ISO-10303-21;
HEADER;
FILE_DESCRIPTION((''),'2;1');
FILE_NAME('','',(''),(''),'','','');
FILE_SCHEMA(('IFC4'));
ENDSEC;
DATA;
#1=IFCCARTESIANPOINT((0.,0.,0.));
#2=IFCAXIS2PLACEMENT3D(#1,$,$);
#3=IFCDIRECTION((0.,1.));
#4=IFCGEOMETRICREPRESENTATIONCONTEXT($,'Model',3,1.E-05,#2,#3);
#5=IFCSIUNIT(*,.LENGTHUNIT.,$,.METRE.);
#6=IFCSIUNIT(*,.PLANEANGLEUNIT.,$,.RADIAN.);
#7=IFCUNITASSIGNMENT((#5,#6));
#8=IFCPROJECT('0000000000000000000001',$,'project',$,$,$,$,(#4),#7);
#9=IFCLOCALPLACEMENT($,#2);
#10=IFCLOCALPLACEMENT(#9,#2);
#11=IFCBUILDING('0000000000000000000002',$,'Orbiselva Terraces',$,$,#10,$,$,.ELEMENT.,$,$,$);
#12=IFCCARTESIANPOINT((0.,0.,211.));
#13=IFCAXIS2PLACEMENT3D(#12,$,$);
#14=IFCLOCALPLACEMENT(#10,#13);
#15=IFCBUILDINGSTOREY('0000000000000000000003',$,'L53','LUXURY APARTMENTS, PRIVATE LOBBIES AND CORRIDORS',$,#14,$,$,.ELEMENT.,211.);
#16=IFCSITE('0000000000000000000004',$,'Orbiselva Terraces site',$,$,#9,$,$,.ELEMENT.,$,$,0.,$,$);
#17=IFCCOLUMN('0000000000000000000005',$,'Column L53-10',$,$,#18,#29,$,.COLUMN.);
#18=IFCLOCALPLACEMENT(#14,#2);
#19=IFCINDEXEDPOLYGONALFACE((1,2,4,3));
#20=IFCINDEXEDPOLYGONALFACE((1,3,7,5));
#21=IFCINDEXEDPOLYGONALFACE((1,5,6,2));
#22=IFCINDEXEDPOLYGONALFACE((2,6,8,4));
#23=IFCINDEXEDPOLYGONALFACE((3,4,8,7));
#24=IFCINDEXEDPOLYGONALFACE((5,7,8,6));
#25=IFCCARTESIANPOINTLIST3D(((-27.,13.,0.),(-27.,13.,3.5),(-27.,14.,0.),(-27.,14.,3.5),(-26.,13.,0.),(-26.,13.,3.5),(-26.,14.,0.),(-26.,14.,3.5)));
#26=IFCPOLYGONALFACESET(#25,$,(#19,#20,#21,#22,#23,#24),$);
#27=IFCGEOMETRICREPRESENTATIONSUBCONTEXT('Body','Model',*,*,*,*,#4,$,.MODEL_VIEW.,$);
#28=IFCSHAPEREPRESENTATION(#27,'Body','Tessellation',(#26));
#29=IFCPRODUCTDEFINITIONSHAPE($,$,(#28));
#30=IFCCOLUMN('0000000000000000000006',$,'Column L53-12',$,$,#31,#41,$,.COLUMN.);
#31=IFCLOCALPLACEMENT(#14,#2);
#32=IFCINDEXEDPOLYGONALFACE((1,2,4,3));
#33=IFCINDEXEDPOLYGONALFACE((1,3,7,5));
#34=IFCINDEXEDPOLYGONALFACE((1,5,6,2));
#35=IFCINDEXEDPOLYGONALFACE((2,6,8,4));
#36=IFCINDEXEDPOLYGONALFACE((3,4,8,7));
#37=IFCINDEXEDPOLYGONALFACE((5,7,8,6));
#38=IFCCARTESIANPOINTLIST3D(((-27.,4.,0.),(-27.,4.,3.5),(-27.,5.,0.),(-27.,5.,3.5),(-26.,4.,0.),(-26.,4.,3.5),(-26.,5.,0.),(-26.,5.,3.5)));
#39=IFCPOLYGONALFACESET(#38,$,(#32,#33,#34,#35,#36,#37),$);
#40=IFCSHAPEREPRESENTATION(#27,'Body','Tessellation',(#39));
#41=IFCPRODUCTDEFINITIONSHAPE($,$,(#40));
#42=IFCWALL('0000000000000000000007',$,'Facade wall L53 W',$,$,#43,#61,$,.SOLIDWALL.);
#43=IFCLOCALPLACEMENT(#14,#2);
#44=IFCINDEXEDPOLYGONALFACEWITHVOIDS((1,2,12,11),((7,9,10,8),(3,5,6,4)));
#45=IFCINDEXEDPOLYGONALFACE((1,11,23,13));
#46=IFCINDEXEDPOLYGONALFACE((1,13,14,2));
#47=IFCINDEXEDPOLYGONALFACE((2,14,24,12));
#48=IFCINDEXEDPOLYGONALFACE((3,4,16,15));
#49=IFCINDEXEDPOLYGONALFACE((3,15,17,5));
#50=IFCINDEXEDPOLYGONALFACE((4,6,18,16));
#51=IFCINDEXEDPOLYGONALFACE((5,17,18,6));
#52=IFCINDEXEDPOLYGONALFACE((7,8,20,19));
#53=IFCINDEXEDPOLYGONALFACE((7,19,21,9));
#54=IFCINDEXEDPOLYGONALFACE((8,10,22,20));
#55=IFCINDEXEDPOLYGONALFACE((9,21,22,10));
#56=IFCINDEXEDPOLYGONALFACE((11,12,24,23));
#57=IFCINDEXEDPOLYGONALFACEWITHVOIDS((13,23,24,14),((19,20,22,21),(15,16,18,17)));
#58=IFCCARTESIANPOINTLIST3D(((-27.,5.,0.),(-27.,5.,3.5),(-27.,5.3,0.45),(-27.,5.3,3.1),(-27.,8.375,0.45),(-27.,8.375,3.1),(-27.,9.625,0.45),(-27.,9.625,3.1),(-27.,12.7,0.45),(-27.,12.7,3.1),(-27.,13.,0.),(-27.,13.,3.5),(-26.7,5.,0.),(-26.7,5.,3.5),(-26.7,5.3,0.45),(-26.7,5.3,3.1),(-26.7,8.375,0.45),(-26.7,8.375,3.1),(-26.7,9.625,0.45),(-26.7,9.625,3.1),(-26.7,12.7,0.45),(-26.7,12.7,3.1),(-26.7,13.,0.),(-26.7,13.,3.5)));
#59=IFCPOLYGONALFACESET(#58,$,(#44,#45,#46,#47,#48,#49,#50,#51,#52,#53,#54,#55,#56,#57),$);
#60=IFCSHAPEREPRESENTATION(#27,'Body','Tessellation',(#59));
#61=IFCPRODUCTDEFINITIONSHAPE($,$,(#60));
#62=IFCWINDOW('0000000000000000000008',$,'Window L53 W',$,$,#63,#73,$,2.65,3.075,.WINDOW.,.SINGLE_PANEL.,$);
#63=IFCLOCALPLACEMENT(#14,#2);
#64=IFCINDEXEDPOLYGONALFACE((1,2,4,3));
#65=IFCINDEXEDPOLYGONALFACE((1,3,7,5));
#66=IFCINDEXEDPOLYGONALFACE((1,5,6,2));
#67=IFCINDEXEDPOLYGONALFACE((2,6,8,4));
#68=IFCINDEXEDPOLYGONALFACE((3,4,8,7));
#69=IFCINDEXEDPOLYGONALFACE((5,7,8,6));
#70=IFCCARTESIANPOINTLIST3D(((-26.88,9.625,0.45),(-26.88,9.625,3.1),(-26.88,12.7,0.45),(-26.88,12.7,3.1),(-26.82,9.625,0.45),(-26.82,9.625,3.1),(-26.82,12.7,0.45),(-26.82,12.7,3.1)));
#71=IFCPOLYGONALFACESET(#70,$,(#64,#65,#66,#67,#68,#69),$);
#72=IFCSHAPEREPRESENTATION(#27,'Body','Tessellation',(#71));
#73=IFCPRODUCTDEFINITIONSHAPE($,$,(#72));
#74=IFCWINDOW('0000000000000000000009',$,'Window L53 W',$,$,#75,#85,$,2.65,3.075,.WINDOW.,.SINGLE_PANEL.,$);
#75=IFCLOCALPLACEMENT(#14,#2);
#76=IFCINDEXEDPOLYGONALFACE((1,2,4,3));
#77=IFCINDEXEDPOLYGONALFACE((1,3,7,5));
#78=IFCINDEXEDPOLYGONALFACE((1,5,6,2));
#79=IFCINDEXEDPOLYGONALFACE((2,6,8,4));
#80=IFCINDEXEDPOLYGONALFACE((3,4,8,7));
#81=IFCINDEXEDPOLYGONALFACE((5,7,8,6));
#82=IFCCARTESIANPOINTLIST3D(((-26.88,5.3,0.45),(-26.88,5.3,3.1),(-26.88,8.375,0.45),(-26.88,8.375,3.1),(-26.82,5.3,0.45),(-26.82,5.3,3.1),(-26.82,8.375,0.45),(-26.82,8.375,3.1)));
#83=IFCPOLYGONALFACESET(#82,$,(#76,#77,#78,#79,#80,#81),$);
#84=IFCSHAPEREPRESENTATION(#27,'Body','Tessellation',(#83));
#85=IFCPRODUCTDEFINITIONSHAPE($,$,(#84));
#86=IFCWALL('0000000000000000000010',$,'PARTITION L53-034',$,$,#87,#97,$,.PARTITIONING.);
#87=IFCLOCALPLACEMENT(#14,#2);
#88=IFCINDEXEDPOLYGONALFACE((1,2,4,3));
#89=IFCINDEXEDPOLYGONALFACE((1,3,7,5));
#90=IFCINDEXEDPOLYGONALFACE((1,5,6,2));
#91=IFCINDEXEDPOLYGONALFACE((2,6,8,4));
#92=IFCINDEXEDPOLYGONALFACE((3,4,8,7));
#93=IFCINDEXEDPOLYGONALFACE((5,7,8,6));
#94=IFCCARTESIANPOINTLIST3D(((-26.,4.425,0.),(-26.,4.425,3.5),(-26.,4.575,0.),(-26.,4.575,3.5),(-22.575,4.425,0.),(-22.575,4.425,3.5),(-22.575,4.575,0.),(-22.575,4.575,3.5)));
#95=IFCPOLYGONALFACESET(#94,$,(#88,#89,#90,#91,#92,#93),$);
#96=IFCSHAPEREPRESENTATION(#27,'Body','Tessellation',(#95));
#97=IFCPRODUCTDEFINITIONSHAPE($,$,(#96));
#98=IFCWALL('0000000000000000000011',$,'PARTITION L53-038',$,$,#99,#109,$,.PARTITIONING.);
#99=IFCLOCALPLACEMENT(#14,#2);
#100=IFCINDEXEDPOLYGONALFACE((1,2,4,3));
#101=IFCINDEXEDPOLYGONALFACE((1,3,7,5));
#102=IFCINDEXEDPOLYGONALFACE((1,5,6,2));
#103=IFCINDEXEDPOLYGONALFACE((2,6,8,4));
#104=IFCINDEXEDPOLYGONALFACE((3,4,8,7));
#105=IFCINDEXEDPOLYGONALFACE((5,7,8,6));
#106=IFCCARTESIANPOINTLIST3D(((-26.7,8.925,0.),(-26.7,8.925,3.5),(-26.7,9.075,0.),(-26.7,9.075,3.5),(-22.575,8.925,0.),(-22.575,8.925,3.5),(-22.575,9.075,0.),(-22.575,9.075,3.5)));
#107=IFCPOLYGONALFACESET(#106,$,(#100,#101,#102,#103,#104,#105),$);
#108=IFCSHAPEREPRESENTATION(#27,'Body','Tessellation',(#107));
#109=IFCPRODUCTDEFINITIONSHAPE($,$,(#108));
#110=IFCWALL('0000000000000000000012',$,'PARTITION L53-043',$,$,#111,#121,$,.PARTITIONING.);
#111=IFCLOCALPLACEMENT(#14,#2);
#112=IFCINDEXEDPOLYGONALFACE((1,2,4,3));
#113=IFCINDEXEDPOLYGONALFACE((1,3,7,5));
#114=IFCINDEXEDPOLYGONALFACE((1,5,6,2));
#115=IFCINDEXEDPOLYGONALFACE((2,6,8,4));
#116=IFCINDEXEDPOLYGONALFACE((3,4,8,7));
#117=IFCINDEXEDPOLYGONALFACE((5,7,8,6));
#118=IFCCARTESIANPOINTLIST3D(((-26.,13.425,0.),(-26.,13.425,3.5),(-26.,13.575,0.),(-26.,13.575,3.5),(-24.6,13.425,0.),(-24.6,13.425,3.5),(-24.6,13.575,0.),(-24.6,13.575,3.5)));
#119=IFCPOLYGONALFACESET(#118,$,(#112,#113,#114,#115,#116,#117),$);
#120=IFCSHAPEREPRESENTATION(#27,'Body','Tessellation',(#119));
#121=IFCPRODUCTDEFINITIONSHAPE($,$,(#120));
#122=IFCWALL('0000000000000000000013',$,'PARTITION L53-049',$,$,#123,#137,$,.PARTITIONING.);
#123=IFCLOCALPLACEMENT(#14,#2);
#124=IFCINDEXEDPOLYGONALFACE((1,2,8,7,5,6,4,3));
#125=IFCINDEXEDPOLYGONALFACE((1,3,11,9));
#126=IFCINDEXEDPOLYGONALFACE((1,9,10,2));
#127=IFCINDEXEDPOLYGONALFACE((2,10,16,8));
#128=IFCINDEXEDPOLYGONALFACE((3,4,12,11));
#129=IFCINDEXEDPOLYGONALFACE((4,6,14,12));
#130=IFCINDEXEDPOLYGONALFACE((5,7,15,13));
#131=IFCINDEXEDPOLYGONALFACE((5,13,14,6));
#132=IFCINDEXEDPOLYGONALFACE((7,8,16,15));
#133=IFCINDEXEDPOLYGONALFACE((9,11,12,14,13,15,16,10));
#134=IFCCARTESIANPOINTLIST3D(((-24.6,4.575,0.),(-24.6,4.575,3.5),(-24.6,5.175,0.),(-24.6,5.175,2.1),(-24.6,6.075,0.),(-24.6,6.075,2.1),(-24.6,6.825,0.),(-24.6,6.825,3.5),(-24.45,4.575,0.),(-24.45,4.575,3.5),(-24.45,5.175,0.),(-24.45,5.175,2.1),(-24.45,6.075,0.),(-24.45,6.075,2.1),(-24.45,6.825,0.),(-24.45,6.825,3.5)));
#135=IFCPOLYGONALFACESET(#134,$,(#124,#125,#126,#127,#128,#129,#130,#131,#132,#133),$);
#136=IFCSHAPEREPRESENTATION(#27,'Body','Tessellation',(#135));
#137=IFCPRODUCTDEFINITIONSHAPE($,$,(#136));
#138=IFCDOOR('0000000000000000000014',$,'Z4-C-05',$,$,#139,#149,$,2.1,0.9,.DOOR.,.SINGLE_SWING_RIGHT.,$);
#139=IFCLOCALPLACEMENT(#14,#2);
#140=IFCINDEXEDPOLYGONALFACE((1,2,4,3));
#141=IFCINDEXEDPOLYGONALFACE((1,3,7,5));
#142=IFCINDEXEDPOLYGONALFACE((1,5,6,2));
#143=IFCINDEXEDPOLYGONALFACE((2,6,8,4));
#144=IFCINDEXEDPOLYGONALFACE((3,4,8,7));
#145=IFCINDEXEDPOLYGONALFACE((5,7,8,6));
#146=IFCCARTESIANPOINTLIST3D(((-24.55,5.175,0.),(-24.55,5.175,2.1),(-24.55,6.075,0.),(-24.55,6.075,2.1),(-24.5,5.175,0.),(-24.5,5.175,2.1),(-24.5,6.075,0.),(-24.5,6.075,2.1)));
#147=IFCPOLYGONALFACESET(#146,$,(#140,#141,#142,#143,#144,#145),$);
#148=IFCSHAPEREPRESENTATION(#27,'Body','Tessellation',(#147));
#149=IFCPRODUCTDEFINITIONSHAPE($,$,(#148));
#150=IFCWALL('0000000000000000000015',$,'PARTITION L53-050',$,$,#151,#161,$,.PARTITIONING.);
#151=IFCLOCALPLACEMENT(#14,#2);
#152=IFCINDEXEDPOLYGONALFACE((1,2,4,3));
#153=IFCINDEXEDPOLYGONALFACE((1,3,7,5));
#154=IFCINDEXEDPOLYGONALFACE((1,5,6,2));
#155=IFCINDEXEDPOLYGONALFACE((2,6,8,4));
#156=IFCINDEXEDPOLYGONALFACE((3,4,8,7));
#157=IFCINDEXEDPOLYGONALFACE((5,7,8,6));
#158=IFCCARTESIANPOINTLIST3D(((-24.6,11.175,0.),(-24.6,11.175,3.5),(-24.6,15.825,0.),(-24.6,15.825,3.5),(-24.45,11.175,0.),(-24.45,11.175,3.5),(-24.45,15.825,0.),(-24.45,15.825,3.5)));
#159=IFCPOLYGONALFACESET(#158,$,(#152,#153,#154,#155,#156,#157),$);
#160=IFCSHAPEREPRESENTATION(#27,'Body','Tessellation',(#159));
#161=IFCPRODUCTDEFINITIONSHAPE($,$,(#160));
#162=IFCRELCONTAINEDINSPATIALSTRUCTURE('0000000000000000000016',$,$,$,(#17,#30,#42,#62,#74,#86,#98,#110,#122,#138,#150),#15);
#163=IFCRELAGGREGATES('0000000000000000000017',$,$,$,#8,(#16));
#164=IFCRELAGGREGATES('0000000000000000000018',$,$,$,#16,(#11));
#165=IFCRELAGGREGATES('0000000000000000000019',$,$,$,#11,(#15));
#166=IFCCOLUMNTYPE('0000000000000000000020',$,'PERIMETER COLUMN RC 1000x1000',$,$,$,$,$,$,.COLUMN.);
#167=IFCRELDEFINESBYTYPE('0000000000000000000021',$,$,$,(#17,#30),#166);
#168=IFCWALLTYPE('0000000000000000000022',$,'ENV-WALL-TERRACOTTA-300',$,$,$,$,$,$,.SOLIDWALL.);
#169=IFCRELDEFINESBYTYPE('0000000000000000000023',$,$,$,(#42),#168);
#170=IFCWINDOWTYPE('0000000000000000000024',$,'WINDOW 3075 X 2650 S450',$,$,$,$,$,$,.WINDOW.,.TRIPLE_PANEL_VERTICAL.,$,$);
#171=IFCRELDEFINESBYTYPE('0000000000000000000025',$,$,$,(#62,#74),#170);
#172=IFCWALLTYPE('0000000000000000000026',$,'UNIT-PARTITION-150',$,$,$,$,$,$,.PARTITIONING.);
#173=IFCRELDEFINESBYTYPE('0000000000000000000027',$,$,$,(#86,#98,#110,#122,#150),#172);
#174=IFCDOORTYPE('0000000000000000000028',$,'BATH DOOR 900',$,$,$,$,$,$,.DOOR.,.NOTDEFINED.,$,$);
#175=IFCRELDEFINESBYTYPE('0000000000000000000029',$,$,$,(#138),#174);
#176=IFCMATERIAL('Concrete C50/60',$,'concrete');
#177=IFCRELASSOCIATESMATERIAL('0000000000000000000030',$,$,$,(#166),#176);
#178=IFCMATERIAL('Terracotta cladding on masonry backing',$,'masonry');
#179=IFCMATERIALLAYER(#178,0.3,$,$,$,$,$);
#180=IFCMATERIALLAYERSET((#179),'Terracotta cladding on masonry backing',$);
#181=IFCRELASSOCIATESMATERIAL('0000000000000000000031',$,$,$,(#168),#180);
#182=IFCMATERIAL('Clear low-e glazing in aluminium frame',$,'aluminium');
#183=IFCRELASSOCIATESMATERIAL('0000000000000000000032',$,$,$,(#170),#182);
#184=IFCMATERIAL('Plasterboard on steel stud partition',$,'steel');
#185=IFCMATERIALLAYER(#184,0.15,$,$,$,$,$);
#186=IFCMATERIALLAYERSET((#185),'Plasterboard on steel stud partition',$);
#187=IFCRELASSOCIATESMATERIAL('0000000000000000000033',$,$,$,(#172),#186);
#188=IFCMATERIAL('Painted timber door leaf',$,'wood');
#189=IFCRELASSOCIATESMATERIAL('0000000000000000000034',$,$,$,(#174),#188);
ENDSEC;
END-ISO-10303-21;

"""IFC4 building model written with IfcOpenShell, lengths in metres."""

from ifc_helpers import new_model, si_unit, direction, frame, frame_2d, origin, origin_2d, place, context, subcontext, project, spatial, rectangle, extrude, material, layer, layer_set, material_profile, profile_set, type_object, element, fill, save


model = new_model("IFC4")

# Units and contexts
model_context = context("Model", 3, precision=1e-05, world=origin(), true_north=direction((0.0, 1.0)))
body_context = subcontext(model_context, "Body", "Model", "MODEL_VIEW")
ifc_project = project(units=[si_unit("LENGTHUNIT", "METRE"), si_unit("PLANEANGLEUNIT", "RADIAN")], contexts=[model_context])

# Site, building, storey
site_placement = place(None, origin())
site = spatial("IfcSite", under=ifc_project, at=site_placement, Name="Orbiselva Terraces site", CompositionType="ELEMENT", RefElevation=0.0)
building_placement = place(site_placement, origin())
building = spatial("IfcBuilding", under=site, at=building_placement, Name="Orbiselva Terraces", CompositionType="ELEMENT")
storey_placement = place(building_placement, frame((0.0, 0.0, 211.0)))
storey = spatial("IfcBuildingStorey", under=building, at=storey_placement, Name="L53", Description="LUXURY APARTMENTS, PRIVATE LOBBIES AND CORRIDORS", CompositionType="ELEMENT", Elevation=211.0)

# Columns
ifc_material_1 = material(Name="Concrete C50/60", Category="concrete")
ifc_material_profile = material_profile(ifc_material_1, rectangle(XDim=1.0, YDim=1.0, at=origin_2d()), Name="RC 1000x1000")
ifc_profile_set = profile_set([ifc_material_profile], Name="Concrete C50/60")
column_type = type_object("IfcColumnType", Name="PERIMETER COLUMN RC 1000x1000", PredefinedType="COLUMN", material=ifc_profile_set)
for number, where, z_axis, x_axis, name in (
    (1, (-26.5, 13.5, 0.0), (0.0, 0.0, 1.0), (1.0, 0.0, 0.0), "Column L53-10"),
    (2, (-26.5, 4.5, 0.0), (0.0, 0.0, 1.0), (1.0, 0.0, 0.0), "Column L53-12"),
):
    element("IfcColumn", number, at=place(storey_placement, frame(where, z_axis=z_axis, x_axis=x_axis)), inside=storey, type_object=column_type, Name=name, PredefinedType="COLUMN", context=body_context, shape_type="SweptSolid", body=[
        extrude(rectangle(XDim=1.0, YDim=1.0, at=origin_2d()), origin(), (0.0, 0.0, 1.0), 3.5),
    ])

# Wall, openings, windows
ifc_material_2 = material(Name="Terracotta cladding on masonry backing", Category="masonry")
ifc_layer_1 = layer(ifc_material_2, 0.3)
ifc_layer_set_1 = layer_set([ifc_layer_1], Name="Terracotta cladding on masonry backing")
wall_type_1 = type_object("IfcWallType", Name="ENV-WALL-TERRACOTTA-300", PredefinedType="SOLIDWALL", material=ifc_layer_set_1)
wall_1_placement = place(storey_placement, frame((-26.85, 5.0, 0.0), z_axis=(0.0, 0.0, 1.0), x_axis=(0.0, 1.0, 0.0)))
wall_1 = element("IfcWall", 3, at=wall_1_placement, inside=storey, type_object=wall_type_1, Name="Facade wall L53 W", PredefinedType="SOLIDWALL", context=body_context, shape_type="SweptSolid", body=[
    extrude(rectangle(XDim=8.0, YDim=0.3, at=frame_2d((4.0, 0.0))), origin(), (0.0, 0.0, 1.0), 3.5),
])
opening_1_placement = place(wall_1_placement, frame((4.625, 0.0, 0.45)))
opening_1 = element("IfcOpeningElement", 4, at=opening_1_placement, cuts=wall_1, PredefinedType="OPENING", context=body_context, shape_type="SweptSolid", body=[
    extrude(rectangle(XDim=3.075, YDim=2.65, at=frame_2d((1.5375, 1.325))), frame((0.0, 0.16, 0.0), z_axis=(0.0, -1.0, 0.0), x_axis=(1.0, 0.0, 0.0)), (0.0, 0.0, 1.0), 0.32),
])
opening_2_placement = place(wall_1_placement, frame((0.3, 0.0, 0.45)))
opening_2 = element("IfcOpeningElement", 5, at=opening_2_placement, cuts=wall_1, PredefinedType="OPENING", context=body_context, shape_type="SweptSolid", body=[
    extrude(rectangle(XDim=3.075, YDim=2.65, at=frame_2d((1.5375, 1.325))), frame((0.0, 0.16, 0.0), z_axis=(0.0, -1.0, 0.0), x_axis=(1.0, 0.0, 0.0)), (0.0, 0.0, 1.0), 0.32),
])
ifc_material_3 = material(Name="Clear low-e glazing in aluminium frame", Category="aluminium")
window_type = type_object("IfcWindowType", Name="WINDOW 3075 X 2650 S450", PartitioningType="TRIPLE_PANEL_VERTICAL", PredefinedType="WINDOW", material=ifc_material_3)
window_1_placement = place(opening_1_placement, origin())
window_1 = element("IfcWindow", 6, at=window_1_placement, inside=storey, type_object=window_type, Name="Window L53 W", OverallHeight=2.65, OverallWidth=3.075, PartitioningType="SINGLE_PANEL", PredefinedType="WINDOW", context=body_context, shape_type="SweptSolid", body=[
    extrude(rectangle(XDim=3.075, YDim=2.65, at=frame_2d((1.5375, 1.325))), frame((0.0, 0.03, 0.0), z_axis=(0.0, -1.0, 0.0), x_axis=(1.0, 0.0, 0.0)), (0.0, 0.0, 1.0), 0.06),
])
fill(opening_1, window_1)
window_2_placement = place(opening_2_placement, origin())
window_2 = element("IfcWindow", 7, at=window_2_placement, inside=storey, type_object=window_type, Name="Window L53 W", OverallHeight=2.65, OverallWidth=3.075, PartitioningType="SINGLE_PANEL", PredefinedType="WINDOW", context=body_context, shape_type="SweptSolid", body=[
    extrude(rectangle(XDim=3.075, YDim=2.65, at=frame_2d((1.5375, 1.325))), frame((0.0, 0.03, 0.0), z_axis=(0.0, -1.0, 0.0), x_axis=(1.0, 0.0, 0.0)), (0.0, 0.0, 1.0), 0.06),
])
fill(opening_2, window_2)

# Walls
ifc_material_4 = material(Name="Plasterboard on steel stud partition", Category="steel")
ifc_layer_2 = layer(ifc_material_4, 0.15)
ifc_layer_set_2 = layer_set([ifc_layer_2], Name="Plasterboard on steel stud partition")
wall_type_2 = type_object("IfcWallType", Name="UNIT-PARTITION-150", PredefinedType="PARTITIONING", material=ifc_layer_set_2)
wall_2_placement = place(storey_placement, frame((-26.0, 4.5, 0.0), z_axis=(0.0, 0.0, 1.0), x_axis=(1.0, 0.0, 0.0)))
element("IfcWall", 8, at=wall_2_placement, inside=storey, type_object=wall_type_2, Name="PARTITION L53-034", PredefinedType="PARTITIONING", context=body_context, shape_type="SweptSolid", body=[
    extrude(rectangle(XDim=3.425, YDim=0.15, at=frame_2d((1.7125, 0.0))), origin(), (0.0, 0.0, 1.0), 3.5),
])
wall_3_placement = place(storey_placement, frame((-26.7, 9.0, 0.0), z_axis=(0.0, 0.0, 1.0), x_axis=(1.0, 0.0, 0.0)))
element("IfcWall", 9, at=wall_3_placement, inside=storey, type_object=wall_type_2, Name="PARTITION L53-038", PredefinedType="PARTITIONING", context=body_context, shape_type="SweptSolid", body=[
    extrude(rectangle(XDim=4.125, YDim=0.15, at=frame_2d((2.0625, 0.0))), origin(), (0.0, 0.0, 1.0), 3.5),
])
wall_4_placement = place(storey_placement, frame((-26.0, 13.5, 0.0), z_axis=(0.0, 0.0, 1.0), x_axis=(1.0, 0.0, 0.0)))
element("IfcWall", 10, at=wall_4_placement, inside=storey, type_object=wall_type_2, Name="PARTITION L53-043", PredefinedType="PARTITIONING", context=body_context, shape_type="SweptSolid", body=[
    extrude(rectangle(XDim=1.4, YDim=0.15, at=frame_2d((0.7, 0.0))), origin(), (0.0, 0.0, 1.0), 3.5),
])

# Wall, opening, door
wall_5_placement = place(storey_placement, frame((-24.525, 6.825, 0.0), z_axis=(0.0, 0.0, 1.0), x_axis=(0.0, -1.0, 0.0)))
wall_5 = element("IfcWall", 11, at=wall_5_placement, inside=storey, type_object=wall_type_2, Name="PARTITION L53-049", PredefinedType="PARTITIONING", context=body_context, shape_type="SweptSolid", body=[
    extrude(rectangle(XDim=2.25, YDim=0.15, at=frame_2d((1.125, 0.0))), origin(), (0.0, 0.0, 1.0), 3.5),
])
opening_3_placement = place(wall_5_placement, frame((0.75, 0.0, 0.0)))
opening_3 = element("IfcOpeningElement", 12, at=opening_3_placement, cuts=wall_5, PredefinedType="OPENING", context=body_context, shape_type="SweptSolid", body=[
    extrude(rectangle(XDim=0.9, YDim=2.1, at=frame_2d((0.45, 1.05))), frame((0.0, 0.085, 0.0), z_axis=(0.0, -1.0, 0.0), x_axis=(1.0, 0.0, 0.0)), (0.0, 0.0, 1.0), 0.17),
])
ifc_material_5 = material(Name="Painted timber door leaf", Category="wood")
door_type = type_object("IfcDoorType", Name="BATH DOOR 900", OperationType="NOTDEFINED", PredefinedType="DOOR", material=ifc_material_5)
door_placement = place(opening_3_placement, origin())
door = element("IfcDoor", 13, at=door_placement, inside=storey, type_object=door_type, Name="Z4-C-05", OperationType="SINGLE_SWING_RIGHT", OverallHeight=2.1, OverallWidth=0.9, PredefinedType="DOOR", context=body_context, shape_type="SweptSolid", body=[
    extrude(rectangle(XDim=0.9, YDim=2.1, at=frame_2d((0.45, 1.05))), frame((0.0, 0.025, 0.0), z_axis=(0.0, -1.0, 0.0), x_axis=(1.0, 0.0, 0.0)), (0.0, 0.0, 1.0), 0.05),
])
fill(opening_3, door)

# Wall
wall_6_placement = place(storey_placement, frame((-24.525, 11.175, 0.0), z_axis=(0.0, 0.0, 1.0), x_axis=(0.0, 1.0, 0.0)))
element("IfcWall", 14, at=wall_6_placement, inside=storey, type_object=wall_type_2, Name="PARTITION L53-050", PredefinedType="PARTITIONING", context=body_context, shape_type="SweptSolid", body=[
    extrude(rectangle(XDim=4.65, YDim=0.15, at=frame_2d((2.325, 0.0))), origin(), (0.0, 0.0, 1.0), 3.5),
])

save(model, "model.ifc")
